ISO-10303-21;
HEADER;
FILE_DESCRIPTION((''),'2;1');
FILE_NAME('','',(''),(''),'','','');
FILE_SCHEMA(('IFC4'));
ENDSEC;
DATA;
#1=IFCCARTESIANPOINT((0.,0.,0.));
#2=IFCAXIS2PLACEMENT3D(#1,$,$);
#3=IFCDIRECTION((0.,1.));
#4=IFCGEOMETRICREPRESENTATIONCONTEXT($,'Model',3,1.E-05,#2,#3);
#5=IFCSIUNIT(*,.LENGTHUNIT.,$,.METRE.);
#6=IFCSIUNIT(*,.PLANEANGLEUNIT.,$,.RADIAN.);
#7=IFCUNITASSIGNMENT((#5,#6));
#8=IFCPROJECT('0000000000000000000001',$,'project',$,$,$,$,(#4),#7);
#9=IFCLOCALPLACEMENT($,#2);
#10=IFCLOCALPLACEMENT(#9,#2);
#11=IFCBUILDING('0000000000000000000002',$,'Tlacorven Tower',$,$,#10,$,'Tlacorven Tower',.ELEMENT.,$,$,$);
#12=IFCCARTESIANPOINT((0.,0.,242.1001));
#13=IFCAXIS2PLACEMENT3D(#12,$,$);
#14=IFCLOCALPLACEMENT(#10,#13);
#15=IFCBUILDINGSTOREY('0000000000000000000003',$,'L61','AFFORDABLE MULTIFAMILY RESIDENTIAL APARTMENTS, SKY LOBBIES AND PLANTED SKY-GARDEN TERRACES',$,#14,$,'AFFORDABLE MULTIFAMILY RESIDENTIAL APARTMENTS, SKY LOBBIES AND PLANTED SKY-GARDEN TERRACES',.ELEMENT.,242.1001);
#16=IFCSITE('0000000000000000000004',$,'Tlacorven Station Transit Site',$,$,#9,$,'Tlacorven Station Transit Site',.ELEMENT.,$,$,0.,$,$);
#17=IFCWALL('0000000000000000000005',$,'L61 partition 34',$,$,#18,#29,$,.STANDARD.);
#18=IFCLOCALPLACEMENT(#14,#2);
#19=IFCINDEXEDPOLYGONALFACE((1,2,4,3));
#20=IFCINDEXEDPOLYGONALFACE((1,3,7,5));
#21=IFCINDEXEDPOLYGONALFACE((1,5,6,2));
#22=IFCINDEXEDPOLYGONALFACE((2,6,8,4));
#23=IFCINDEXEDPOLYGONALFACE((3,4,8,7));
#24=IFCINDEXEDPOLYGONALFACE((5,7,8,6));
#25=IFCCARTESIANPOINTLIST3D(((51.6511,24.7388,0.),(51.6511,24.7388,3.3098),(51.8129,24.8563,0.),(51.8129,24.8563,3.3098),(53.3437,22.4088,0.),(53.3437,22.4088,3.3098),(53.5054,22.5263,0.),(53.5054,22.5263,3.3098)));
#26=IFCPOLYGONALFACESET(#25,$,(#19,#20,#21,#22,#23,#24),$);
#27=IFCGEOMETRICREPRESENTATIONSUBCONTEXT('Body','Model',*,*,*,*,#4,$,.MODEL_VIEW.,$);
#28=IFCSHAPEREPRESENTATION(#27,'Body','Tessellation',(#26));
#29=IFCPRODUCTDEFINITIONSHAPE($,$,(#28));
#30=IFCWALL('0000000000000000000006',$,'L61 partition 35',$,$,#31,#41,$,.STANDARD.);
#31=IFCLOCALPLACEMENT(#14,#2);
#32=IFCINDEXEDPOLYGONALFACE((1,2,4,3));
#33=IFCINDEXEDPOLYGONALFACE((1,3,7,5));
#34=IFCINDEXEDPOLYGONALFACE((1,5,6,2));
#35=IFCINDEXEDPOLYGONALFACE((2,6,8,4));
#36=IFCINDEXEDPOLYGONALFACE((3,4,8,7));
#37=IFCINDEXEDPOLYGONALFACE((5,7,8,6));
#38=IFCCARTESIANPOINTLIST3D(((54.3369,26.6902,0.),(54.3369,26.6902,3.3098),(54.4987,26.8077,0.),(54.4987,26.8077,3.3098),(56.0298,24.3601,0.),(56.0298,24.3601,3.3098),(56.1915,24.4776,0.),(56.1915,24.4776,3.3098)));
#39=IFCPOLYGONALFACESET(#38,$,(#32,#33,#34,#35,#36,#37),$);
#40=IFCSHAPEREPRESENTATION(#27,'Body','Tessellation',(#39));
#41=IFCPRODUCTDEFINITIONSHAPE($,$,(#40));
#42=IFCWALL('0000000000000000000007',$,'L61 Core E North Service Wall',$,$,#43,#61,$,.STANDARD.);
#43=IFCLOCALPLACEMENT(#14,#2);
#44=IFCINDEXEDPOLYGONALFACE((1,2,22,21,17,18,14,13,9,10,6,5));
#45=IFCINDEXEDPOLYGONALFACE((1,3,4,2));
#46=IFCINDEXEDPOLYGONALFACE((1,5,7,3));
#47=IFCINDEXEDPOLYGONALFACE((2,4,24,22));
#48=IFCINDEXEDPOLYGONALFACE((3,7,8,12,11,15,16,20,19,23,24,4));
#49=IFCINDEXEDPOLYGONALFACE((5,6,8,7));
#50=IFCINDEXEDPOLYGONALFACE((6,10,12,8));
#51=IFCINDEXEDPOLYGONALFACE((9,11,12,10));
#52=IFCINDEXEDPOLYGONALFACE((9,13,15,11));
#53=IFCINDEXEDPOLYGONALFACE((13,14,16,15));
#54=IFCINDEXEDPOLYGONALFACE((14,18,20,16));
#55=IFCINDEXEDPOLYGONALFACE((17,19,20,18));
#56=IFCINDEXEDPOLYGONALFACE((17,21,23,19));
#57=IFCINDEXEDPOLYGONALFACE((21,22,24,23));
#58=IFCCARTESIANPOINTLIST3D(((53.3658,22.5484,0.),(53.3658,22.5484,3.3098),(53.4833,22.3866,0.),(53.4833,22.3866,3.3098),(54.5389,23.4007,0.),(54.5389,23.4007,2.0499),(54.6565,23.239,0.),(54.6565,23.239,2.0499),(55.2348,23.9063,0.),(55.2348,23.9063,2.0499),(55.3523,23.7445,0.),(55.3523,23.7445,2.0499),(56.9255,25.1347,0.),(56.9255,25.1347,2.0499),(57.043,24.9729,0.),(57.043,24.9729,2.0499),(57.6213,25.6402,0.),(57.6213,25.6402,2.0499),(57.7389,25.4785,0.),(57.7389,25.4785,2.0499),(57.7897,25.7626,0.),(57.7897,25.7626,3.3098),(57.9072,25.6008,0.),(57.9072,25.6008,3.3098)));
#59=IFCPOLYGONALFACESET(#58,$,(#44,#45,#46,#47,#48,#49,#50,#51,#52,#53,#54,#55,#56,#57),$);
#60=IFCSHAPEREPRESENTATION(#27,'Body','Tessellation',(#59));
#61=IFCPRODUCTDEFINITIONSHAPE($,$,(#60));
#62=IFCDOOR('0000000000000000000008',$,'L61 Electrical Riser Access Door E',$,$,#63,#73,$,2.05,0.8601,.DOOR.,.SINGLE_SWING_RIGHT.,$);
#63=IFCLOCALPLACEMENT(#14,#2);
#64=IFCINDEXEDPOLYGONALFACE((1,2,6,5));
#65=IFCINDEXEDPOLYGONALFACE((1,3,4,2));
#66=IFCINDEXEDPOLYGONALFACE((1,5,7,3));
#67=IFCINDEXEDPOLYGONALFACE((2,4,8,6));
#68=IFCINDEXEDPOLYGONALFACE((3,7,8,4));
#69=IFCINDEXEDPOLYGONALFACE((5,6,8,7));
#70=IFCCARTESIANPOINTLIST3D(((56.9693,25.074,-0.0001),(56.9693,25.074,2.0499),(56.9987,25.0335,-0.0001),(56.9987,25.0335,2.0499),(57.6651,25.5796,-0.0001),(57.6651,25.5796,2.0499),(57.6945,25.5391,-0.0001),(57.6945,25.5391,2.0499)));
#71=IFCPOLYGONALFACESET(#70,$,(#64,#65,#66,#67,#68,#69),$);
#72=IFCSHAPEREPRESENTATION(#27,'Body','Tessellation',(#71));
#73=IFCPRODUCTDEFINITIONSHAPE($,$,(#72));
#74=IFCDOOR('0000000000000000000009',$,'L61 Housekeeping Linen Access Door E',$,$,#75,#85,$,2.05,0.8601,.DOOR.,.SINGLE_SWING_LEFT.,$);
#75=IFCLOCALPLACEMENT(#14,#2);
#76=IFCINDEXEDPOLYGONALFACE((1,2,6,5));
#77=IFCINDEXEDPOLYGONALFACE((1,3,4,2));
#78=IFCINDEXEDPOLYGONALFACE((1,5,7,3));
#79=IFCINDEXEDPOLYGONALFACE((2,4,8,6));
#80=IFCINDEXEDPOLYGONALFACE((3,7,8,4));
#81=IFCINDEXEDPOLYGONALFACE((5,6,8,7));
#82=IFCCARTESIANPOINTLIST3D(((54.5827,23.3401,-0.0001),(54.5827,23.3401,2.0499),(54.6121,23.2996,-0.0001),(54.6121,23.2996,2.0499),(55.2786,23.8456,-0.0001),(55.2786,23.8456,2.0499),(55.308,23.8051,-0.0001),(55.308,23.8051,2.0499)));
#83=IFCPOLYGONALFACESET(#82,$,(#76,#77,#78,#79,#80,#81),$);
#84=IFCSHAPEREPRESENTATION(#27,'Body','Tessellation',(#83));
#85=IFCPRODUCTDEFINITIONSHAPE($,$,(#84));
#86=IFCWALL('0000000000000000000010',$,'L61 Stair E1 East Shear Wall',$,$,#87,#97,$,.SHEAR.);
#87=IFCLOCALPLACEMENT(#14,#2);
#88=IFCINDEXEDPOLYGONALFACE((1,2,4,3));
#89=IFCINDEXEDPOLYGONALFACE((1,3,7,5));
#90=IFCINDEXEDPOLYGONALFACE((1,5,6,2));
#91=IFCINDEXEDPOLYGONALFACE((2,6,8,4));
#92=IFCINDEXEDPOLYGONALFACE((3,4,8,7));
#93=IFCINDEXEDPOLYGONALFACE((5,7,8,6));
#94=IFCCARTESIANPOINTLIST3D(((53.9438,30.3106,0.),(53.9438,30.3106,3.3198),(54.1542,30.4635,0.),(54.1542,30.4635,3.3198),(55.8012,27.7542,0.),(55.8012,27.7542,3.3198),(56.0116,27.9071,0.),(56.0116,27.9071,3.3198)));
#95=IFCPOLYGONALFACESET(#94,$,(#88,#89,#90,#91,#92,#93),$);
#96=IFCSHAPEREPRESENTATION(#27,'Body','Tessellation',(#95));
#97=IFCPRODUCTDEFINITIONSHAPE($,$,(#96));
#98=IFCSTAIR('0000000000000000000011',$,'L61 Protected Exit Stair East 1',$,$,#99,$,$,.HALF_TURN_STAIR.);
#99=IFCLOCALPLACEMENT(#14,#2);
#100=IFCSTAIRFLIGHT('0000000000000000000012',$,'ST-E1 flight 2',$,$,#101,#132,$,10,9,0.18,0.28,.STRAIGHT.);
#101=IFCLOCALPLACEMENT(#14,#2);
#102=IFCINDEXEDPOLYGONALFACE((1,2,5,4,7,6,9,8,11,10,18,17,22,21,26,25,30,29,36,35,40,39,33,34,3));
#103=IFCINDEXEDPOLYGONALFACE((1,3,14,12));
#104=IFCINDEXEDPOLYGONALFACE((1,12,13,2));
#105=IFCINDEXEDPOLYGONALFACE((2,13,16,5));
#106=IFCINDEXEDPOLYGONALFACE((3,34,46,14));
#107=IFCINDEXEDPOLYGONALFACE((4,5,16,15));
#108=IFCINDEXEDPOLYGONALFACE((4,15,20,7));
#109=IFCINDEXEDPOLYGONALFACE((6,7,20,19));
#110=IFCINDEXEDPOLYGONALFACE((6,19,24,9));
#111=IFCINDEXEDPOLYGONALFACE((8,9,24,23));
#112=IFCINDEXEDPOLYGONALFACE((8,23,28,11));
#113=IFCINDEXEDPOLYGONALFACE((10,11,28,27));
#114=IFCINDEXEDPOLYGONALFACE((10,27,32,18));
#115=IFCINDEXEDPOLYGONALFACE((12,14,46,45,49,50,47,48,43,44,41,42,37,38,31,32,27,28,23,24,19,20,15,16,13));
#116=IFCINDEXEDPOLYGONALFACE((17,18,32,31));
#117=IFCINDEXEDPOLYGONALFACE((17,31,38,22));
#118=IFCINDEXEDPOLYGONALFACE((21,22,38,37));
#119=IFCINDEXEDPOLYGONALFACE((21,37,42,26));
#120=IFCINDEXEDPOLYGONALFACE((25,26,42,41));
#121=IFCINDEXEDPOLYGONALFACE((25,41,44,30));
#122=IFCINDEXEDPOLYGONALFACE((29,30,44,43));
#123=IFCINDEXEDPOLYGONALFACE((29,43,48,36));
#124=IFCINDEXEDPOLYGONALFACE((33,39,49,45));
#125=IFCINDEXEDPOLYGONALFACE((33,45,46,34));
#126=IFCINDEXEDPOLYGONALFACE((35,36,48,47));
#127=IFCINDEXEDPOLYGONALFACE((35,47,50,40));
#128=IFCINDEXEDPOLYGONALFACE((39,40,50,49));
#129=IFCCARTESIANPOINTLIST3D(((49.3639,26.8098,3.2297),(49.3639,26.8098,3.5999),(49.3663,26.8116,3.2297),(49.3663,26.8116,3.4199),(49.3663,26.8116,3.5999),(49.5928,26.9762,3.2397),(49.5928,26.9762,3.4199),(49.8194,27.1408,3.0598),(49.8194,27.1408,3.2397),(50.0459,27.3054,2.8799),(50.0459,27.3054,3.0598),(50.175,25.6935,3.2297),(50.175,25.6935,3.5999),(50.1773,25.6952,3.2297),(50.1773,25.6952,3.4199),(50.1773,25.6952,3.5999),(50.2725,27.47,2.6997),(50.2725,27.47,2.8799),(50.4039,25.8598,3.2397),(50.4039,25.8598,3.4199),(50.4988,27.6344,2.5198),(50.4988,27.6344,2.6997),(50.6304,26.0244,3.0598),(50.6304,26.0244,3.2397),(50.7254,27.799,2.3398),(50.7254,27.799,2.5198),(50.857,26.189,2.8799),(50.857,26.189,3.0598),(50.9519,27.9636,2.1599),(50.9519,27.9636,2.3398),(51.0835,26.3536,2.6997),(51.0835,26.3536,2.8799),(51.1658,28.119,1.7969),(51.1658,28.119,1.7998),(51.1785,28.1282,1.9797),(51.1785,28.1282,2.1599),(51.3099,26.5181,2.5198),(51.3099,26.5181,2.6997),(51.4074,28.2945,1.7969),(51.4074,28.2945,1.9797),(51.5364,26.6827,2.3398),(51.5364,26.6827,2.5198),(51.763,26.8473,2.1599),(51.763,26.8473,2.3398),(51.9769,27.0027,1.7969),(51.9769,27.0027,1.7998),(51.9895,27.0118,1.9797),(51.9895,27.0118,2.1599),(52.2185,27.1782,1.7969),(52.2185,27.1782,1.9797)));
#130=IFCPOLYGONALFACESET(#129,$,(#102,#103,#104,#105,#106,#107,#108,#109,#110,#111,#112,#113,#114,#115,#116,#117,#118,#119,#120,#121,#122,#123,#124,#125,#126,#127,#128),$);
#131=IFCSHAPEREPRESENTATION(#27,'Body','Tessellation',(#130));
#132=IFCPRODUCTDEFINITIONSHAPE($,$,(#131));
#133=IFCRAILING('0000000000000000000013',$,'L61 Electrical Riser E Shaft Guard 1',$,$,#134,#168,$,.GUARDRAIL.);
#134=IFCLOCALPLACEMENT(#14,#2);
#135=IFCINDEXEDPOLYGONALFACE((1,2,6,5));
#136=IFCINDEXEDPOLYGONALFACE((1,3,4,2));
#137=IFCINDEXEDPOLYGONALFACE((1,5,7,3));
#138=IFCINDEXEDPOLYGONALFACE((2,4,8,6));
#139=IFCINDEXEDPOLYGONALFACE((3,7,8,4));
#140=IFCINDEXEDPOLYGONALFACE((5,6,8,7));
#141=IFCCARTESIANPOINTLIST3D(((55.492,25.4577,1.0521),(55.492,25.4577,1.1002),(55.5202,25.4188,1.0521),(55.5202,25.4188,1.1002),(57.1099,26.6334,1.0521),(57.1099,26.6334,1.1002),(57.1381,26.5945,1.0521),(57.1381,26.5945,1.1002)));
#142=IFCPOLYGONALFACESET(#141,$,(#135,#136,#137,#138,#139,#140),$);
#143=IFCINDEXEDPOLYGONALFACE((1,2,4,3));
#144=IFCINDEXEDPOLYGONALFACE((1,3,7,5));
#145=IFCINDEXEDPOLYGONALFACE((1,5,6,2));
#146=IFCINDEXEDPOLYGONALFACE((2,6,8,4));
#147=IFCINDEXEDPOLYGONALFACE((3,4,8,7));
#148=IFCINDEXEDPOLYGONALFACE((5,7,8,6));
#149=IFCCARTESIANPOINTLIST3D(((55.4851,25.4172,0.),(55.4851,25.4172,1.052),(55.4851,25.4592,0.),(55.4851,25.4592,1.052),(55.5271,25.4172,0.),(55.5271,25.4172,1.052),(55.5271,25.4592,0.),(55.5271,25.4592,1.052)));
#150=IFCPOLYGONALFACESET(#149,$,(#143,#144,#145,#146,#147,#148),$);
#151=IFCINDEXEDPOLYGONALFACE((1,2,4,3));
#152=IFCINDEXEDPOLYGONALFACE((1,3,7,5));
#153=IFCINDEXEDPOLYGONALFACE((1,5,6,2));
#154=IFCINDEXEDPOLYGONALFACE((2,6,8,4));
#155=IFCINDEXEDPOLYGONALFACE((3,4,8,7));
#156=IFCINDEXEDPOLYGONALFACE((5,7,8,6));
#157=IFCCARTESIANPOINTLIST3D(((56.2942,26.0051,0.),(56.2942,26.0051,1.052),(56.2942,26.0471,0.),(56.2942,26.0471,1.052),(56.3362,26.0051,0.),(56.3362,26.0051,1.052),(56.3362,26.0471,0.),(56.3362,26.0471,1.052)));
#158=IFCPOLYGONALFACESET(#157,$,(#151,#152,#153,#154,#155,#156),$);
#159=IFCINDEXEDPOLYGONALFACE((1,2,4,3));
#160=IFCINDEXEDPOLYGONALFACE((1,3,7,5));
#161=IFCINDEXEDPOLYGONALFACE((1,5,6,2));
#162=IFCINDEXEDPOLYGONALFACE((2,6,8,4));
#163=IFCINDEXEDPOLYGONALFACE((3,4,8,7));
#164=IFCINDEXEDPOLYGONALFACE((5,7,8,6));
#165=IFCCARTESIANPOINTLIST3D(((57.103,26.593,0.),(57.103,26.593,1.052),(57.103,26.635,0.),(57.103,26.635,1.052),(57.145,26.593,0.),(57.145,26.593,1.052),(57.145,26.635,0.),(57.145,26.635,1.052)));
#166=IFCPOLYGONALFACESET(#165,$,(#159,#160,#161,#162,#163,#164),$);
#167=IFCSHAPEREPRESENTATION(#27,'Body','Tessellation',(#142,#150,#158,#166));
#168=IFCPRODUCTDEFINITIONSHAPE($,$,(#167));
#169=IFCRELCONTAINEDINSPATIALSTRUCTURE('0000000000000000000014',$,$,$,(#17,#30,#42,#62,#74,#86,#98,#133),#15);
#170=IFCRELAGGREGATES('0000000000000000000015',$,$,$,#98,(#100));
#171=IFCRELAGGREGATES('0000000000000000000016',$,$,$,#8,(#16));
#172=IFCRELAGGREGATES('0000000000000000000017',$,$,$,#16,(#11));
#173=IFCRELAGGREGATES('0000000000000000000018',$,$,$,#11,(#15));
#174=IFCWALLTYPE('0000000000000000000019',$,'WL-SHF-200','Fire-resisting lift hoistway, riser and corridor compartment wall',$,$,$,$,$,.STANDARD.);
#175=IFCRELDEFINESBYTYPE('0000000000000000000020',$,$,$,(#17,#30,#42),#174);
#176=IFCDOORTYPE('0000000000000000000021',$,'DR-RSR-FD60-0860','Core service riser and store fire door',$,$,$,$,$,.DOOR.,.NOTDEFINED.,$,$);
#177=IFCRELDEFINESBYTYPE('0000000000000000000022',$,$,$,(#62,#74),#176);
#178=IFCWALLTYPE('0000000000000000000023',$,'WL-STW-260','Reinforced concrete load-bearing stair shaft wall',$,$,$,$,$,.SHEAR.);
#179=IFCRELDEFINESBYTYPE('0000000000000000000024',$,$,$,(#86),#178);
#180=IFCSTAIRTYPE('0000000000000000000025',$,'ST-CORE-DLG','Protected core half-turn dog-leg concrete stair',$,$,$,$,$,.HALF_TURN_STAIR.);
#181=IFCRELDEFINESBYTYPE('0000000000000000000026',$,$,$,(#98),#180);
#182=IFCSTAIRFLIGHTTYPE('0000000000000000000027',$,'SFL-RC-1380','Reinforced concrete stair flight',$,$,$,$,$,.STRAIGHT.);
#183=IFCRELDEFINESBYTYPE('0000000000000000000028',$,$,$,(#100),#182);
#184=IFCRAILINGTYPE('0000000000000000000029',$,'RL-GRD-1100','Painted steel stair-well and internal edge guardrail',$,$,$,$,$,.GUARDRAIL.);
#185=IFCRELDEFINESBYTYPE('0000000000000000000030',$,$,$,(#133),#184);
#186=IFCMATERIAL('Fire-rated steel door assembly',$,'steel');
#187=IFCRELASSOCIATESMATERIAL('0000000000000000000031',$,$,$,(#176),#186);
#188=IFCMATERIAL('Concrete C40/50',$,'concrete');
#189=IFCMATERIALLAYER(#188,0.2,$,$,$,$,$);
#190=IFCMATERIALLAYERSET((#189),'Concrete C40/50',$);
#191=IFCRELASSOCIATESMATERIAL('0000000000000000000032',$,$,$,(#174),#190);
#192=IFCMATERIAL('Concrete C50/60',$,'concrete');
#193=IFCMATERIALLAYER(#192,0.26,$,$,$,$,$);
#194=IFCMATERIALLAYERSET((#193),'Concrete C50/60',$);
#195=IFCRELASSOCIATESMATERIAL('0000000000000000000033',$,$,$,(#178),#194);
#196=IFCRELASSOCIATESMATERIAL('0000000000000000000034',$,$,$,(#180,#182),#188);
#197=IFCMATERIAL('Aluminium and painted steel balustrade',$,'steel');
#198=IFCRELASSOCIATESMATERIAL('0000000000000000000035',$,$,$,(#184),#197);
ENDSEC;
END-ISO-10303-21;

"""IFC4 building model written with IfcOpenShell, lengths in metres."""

from ifc_helpers import new_model, si_unit, direction, frame, frame_2d, origin, origin_2d, place, context, subcontext, project, spatial, polyline, rectangle, outline, extrude, source, transform, mapped, material, layer, layer_set, type_object, element, fill, aggregate, save


model = new_model("IFC4")

# Units and contexts
model_context = context("Model", 3, precision=1e-05, world=origin(), true_north=direction((0.0, 1.0)))
body_context = subcontext(model_context, "Body", "Model", "MODEL_VIEW")
ifc_project = project(units=[si_unit("LENGTHUNIT", "METRE"), si_unit("PLANEANGLEUNIT", "RADIAN")], contexts=[model_context])

# Site, building, storey
site_placement = place(None, origin())
site = spatial("IfcSite", under=ifc_project, at=site_placement, Name="Tlacorven Station Transit Site", LongName="Tlacorven Station Transit Site", CompositionType="ELEMENT", RefElevation=0.0)
building_placement = place(site_placement, origin())
building = spatial("IfcBuilding", under=site, at=building_placement, Name="Tlacorven Tower", LongName="Tlacorven Tower", CompositionType="ELEMENT")
storey_placement = place(building_placement, frame((0.0, 0.0, 242.1001)))
storey = spatial("IfcBuildingStorey", under=building, at=storey_placement, Name="L61", Description="AFFORDABLE MULTIFAMILY RESIDENTIAL APARTMENTS, SKY LOBBIES AND PLANTED SKY-GARDEN TERRACES", LongName="AFFORDABLE MULTIFAMILY RESIDENTIAL APARTMENTS, SKY LOBBIES AND PLANTED SKY-GARDEN TERRACES", CompositionType="ELEMENT", Elevation=242.1001)

# Shared definitions
ifc_material_1 = material(Name="Concrete C50/60", Category="concrete")

# Shared definitions
ifc_material_2 = material(Name="Fire-rated steel door assembly", Category="steel")
door_type_1 = type_object("IfcDoorType", Name="DR-RSR-FD60-0860", Description="Core service riser and store fire door", OperationType="NOTDEFINED", PredefinedType="DOOR", material=ifc_material_2)
shared_shape_1 = source(origin(), body_context, "Body", "SweptSolid", [
    extrude(rectangle(XDim=0.8601, YDim=2.05, at=frame_2d((0.4302, 1.0249))), frame((0.0, 0.0249, 0.0), z_axis=(0.0, -1.0, 0.0), x_axis=(1.0, 0.0, 0.0)), (0.0, 0.0, 1.0), 0.05),
])

# Shared definitions
ifc_material_3 = material(Name="Concrete C40/50", Category="concrete")
ifc_layer_1 = layer(ifc_material_3, 0.2)
ifc_layer_set_1 = layer_set([ifc_layer_1], Name="Concrete C40/50")
wall_type_1 = type_object("IfcWallType", Name="WL-SHF-200", Description="Fire-resisting lift hoistway, riser and corridor compartment wall", PredefinedType="STANDARD", material=ifc_layer_set_1)

# Walls
wall_1_placement = place(storey_placement, frame((53.4246, 22.4675, 0.0), z_axis=(0.0, 0.0, 1.0), x_axis=(-0.587723, 0.809062, 0.0)))
element("IfcWall", 1, at=wall_1_placement, inside=storey, type_object=wall_type_1, Name="L61 partition 34", PredefinedType="STANDARD", context=body_context, shape_type="SweptSolid", body=[
    extrude(rectangle(XDim=2.8799, YDim=0.2, at=frame_2d((1.4399, 0.0))), origin(), (0.0, 0.0, 1.0), 3.3098),
])
wall_2_placement = place(storey_placement, frame((56.1106, 24.4189, 0.0), z_axis=(0.0, 0.0, 1.0), x_axis=(-0.587778, 0.809022, 0.0)))
element("IfcWall", 2, at=wall_2_placement, inside=storey, type_object=wall_type_1, Name="L61 partition 35", PredefinedType="STANDARD", context=body_context, shape_type="SweptSolid", body=[
    extrude(rectangle(XDim=2.8801, YDim=0.2, at=frame_2d((1.4399, 0.0))), origin(), (0.0, 0.0, 1.0), 3.3098),
])

# Wall, openings, doors
wall_3_placement = place(storey_placement, frame((53.4246, 22.4675, 0.0), z_axis=(0.0, 0.0, 1.0), x_axis=(0.809016, 0.587787, 0.0)))
wall_3 = element("IfcWall", 3, at=wall_3_placement, inside=storey, type_object=wall_type_1, Name="L61 Core E North Service Wall", PredefinedType="STANDARD", context=body_context, shape_type="SweptSolid", body=[
    extrude(rectangle(XDim=5.4683, YDim=0.2, at=frame_2d((2.7341, 0.0))), origin(), (0.0, 0.0, 1.0), 3.3098),
])
opening_1_placement = place(wall_3_placement, frame((4.3999, 0.0, 0.0)))
opening_1 = element("IfcOpeningElement", 4, at=opening_1_placement, cuts=wall_3, PredefinedType="OPENING", context=body_context, shape_type="SweptSolid", body=[
    extrude(rectangle(XDim=0.8601, YDim=2.05, at=frame_2d((0.4302, 1.0249))), frame((0.0, 0.1099, 0.0), z_axis=(0.0, -1.0, 0.0), x_axis=(1.0, 0.0, 0.0)), (0.0, 0.0, 1.0), 0.22),
])
opening_2_placement = place(wall_3_placement, frame((1.45, 0.0, 0.0)))
opening_2 = element("IfcOpeningElement", 5, at=opening_2_placement, cuts=wall_3, PredefinedType="OPENING", context=body_context, shape_type="SweptSolid", body=[
    extrude(rectangle(XDim=0.8601, YDim=2.05, at=frame_2d((0.4302, 1.0249))), frame((0.0, 0.1099, 0.0), z_axis=(0.0, -1.0, 0.0), x_axis=(1.0, 0.0, 0.0)), (0.0, 0.0, 1.0), 0.22),
])
door_1_placement = place(opening_1_placement, frame((0.8601, 0.0, 0.0), z_axis=(0.0, 0.0, 1.0), x_axis=(-1.0, 0.0, 0.0)))
door_1 = element("IfcDoor", 6, at=door_1_placement, inside=storey, type_object=door_type_1, Name="L61 Electrical Riser Access Door E", OperationType="SINGLE_SWING_RIGHT", OverallHeight=2.05, OverallWidth=0.8601, PredefinedType="DOOR", context=body_context, shape_type="MappedRepresentation", body=[
    mapped(shared_shape_1, transform((0.0, 0.0, 0.0), scale=1.0)),
])
fill(opening_1, door_1)
door_2_placement = place(opening_2_placement, frame((0.8601, 0.0, 0.0), z_axis=(0.0, 0.0, 1.0), x_axis=(-1.0, 0.0, 0.0)))
door_2 = element("IfcDoor", 7, at=door_2_placement, inside=storey, type_object=door_type_1, Name="L61 Housekeeping Linen Access Door E", OperationType="SINGLE_SWING_LEFT", OverallHeight=2.05, OverallWidth=0.8601, PredefinedType="DOOR", context=body_context, shape_type="MappedRepresentation", body=[
    mapped(shared_shape_1, transform((0.0, 0.0, 0.0), scale=1.0)),
])
fill(opening_2, door_2)

# Wall
ifc_layer_2 = layer(ifc_material_1, 0.26)
ifc_layer_set_2 = layer_set([ifc_layer_2], Name="Concrete C50/60")
wall_type_2 = type_object("IfcWallType", Name="WL-STW-260", Description="Reinforced concrete load-bearing stair shaft wall", PredefinedType="SHEAR", material=ifc_layer_set_2)
wall_4_placement = place(storey_placement, frame((55.9065, 27.8306, 0.0), z_axis=(0.0, 0.0, 1.0), x_axis=(-0.587804, 0.809003, 0.0)))
element("IfcWall", 8, at=wall_4_placement, inside=storey, type_object=wall_type_2, Name="L61 Stair E1 East Shear Wall", PredefinedType="SHEAR", context=body_context, shape_type="SweptSolid", body=[
    extrude(rectangle(XDim=3.1599, YDim=0.26, at=frame_2d((1.5801, 0.0))), origin(), (0.0, 0.0, 1.0), 3.3198),
])

# Stair, stair flight
stair_type = type_object("IfcStairType", Name="ST-CORE-DLG", Description="Protected core half-turn dog-leg concrete stair", PredefinedType="HALF_TURN_STAIR", material=ifc_material_3)
stair_placement = place(storey_placement, origin())
stair = element("IfcStair", 9, at=stair_placement, inside=storey, type_object=stair_type, Name="L61 Protected Exit Stair East 1", PredefinedType="HALF_TURN_STAIR")
stair_flight_type = type_object("IfcStairFlightType", Name="SFL-RC-1380", Description="Reinforced concrete stair flight", PredefinedType="STRAIGHT", material=ifc_material_3)
shared_shape_2 = source(origin(), body_context, "Body", "SweptSolid", [
    extrude(outline(polyline([(-0.0029, -0.0029), (-0.0029, 0.1799), (0.28, 0.1799), (0.28, 0.3601), (0.5601, 0.3601), (0.5601, 0.54), (0.8401, 0.54), (0.8401, 0.72), (1.1201, 0.72), (1.1201, 0.8999), (1.3999, 0.8999), (1.3999, 1.0801), (1.6799, 1.0801), (1.6799, 1.26), (1.96, 1.26), (1.96, 1.4399), (2.24, 1.4399), (2.24, 1.6201), (2.52, 1.6201), (2.52, 1.8), (2.5229, 1.8), (2.5229, 1.4299), (2.52, 1.4299), (0.2957, 0.0), (0.2957, -0.0029), (-0.0029, -0.0029)])), frame((0.0, 0.6899, 0.0), z_axis=(0.0, -1.0, 0.0), x_axis=(1.0, 0.0, 0.0)), (0.0, 0.0, 1.0), 1.3799),
])
stair_flight_placement = place(storey_placement, frame((51.8105, 27.7346, 1.7998), z_axis=(0.0, 0.0, 1.0), x_axis=(-0.809017, -0.587785, 0.0)))
stair_flight = element("IfcStairFlight", 10, at=stair_flight_placement, type_object=stair_flight_type, Name="ST-E1 flight 2", NumberOfRisers=10, NumberOfTreads=9, PredefinedType="STRAIGHT", RiserHeight=0.18, TreadLength=0.28, context=body_context, shape_type="MappedRepresentation", body=[
    mapped(shared_shape_2, transform((0.0, 0.0, 0.0), scale=1.0)),
])
aggregate(stair, [stair_flight])

# Railing
ifc_material_4 = material(Name="Aluminium and painted steel balustrade", Category="steel")
railing_type_1 = type_object("IfcRailingType", Name="RL-GRD-1100", Description="Painted steel stair-well and internal edge guardrail", PredefinedType="GUARDRAIL", material=ifc_material_4)
shared_shape_3 = source(origin(), body_context, "Body", "SweptSolid", [
    extrude(rectangle(XDim=0.0481, YDim=0.0481, at=origin_2d()), frame((0.0, 0.0, 1.0762), z_axis=(0.808947, 0.587881, 0.0), x_axis=(-0.587881, 0.808947, 0.0)), (0.0, 0.0, 1.0), 2.0),
    extrude(rectangle(XDim=0.042, YDim=0.042, at=origin_2d()), origin(), (0.0, 0.0, 1.0), 1.052),
    extrude(rectangle(XDim=0.042, YDim=0.042, at=origin_2d()), frame((0.8091, 0.5879, 0.0)), (0.0, 0.0, 1.0), 1.052),
    extrude(rectangle(XDim=0.042, YDim=0.042, at=origin_2d()), frame((1.6179, 1.1758, 0.0)), (0.0, 0.0, 1.0), 1.052),
])
railing_1_placement = place(storey_placement, frame((55.5061, 25.4382, 0.0)))
element("IfcRailing", 11, at=railing_1_placement, inside=storey, type_object=railing_type_1, Name="L61 Electrical Riser E Shaft Guard 1", PredefinedType="GUARDRAIL", context=body_context, shape_type="MappedRepresentation", body=[
    mapped(shared_shape_3, transform((0.0, 0.0, 0.0), scale=1.0)),
])

save(model, "model.ifc")
